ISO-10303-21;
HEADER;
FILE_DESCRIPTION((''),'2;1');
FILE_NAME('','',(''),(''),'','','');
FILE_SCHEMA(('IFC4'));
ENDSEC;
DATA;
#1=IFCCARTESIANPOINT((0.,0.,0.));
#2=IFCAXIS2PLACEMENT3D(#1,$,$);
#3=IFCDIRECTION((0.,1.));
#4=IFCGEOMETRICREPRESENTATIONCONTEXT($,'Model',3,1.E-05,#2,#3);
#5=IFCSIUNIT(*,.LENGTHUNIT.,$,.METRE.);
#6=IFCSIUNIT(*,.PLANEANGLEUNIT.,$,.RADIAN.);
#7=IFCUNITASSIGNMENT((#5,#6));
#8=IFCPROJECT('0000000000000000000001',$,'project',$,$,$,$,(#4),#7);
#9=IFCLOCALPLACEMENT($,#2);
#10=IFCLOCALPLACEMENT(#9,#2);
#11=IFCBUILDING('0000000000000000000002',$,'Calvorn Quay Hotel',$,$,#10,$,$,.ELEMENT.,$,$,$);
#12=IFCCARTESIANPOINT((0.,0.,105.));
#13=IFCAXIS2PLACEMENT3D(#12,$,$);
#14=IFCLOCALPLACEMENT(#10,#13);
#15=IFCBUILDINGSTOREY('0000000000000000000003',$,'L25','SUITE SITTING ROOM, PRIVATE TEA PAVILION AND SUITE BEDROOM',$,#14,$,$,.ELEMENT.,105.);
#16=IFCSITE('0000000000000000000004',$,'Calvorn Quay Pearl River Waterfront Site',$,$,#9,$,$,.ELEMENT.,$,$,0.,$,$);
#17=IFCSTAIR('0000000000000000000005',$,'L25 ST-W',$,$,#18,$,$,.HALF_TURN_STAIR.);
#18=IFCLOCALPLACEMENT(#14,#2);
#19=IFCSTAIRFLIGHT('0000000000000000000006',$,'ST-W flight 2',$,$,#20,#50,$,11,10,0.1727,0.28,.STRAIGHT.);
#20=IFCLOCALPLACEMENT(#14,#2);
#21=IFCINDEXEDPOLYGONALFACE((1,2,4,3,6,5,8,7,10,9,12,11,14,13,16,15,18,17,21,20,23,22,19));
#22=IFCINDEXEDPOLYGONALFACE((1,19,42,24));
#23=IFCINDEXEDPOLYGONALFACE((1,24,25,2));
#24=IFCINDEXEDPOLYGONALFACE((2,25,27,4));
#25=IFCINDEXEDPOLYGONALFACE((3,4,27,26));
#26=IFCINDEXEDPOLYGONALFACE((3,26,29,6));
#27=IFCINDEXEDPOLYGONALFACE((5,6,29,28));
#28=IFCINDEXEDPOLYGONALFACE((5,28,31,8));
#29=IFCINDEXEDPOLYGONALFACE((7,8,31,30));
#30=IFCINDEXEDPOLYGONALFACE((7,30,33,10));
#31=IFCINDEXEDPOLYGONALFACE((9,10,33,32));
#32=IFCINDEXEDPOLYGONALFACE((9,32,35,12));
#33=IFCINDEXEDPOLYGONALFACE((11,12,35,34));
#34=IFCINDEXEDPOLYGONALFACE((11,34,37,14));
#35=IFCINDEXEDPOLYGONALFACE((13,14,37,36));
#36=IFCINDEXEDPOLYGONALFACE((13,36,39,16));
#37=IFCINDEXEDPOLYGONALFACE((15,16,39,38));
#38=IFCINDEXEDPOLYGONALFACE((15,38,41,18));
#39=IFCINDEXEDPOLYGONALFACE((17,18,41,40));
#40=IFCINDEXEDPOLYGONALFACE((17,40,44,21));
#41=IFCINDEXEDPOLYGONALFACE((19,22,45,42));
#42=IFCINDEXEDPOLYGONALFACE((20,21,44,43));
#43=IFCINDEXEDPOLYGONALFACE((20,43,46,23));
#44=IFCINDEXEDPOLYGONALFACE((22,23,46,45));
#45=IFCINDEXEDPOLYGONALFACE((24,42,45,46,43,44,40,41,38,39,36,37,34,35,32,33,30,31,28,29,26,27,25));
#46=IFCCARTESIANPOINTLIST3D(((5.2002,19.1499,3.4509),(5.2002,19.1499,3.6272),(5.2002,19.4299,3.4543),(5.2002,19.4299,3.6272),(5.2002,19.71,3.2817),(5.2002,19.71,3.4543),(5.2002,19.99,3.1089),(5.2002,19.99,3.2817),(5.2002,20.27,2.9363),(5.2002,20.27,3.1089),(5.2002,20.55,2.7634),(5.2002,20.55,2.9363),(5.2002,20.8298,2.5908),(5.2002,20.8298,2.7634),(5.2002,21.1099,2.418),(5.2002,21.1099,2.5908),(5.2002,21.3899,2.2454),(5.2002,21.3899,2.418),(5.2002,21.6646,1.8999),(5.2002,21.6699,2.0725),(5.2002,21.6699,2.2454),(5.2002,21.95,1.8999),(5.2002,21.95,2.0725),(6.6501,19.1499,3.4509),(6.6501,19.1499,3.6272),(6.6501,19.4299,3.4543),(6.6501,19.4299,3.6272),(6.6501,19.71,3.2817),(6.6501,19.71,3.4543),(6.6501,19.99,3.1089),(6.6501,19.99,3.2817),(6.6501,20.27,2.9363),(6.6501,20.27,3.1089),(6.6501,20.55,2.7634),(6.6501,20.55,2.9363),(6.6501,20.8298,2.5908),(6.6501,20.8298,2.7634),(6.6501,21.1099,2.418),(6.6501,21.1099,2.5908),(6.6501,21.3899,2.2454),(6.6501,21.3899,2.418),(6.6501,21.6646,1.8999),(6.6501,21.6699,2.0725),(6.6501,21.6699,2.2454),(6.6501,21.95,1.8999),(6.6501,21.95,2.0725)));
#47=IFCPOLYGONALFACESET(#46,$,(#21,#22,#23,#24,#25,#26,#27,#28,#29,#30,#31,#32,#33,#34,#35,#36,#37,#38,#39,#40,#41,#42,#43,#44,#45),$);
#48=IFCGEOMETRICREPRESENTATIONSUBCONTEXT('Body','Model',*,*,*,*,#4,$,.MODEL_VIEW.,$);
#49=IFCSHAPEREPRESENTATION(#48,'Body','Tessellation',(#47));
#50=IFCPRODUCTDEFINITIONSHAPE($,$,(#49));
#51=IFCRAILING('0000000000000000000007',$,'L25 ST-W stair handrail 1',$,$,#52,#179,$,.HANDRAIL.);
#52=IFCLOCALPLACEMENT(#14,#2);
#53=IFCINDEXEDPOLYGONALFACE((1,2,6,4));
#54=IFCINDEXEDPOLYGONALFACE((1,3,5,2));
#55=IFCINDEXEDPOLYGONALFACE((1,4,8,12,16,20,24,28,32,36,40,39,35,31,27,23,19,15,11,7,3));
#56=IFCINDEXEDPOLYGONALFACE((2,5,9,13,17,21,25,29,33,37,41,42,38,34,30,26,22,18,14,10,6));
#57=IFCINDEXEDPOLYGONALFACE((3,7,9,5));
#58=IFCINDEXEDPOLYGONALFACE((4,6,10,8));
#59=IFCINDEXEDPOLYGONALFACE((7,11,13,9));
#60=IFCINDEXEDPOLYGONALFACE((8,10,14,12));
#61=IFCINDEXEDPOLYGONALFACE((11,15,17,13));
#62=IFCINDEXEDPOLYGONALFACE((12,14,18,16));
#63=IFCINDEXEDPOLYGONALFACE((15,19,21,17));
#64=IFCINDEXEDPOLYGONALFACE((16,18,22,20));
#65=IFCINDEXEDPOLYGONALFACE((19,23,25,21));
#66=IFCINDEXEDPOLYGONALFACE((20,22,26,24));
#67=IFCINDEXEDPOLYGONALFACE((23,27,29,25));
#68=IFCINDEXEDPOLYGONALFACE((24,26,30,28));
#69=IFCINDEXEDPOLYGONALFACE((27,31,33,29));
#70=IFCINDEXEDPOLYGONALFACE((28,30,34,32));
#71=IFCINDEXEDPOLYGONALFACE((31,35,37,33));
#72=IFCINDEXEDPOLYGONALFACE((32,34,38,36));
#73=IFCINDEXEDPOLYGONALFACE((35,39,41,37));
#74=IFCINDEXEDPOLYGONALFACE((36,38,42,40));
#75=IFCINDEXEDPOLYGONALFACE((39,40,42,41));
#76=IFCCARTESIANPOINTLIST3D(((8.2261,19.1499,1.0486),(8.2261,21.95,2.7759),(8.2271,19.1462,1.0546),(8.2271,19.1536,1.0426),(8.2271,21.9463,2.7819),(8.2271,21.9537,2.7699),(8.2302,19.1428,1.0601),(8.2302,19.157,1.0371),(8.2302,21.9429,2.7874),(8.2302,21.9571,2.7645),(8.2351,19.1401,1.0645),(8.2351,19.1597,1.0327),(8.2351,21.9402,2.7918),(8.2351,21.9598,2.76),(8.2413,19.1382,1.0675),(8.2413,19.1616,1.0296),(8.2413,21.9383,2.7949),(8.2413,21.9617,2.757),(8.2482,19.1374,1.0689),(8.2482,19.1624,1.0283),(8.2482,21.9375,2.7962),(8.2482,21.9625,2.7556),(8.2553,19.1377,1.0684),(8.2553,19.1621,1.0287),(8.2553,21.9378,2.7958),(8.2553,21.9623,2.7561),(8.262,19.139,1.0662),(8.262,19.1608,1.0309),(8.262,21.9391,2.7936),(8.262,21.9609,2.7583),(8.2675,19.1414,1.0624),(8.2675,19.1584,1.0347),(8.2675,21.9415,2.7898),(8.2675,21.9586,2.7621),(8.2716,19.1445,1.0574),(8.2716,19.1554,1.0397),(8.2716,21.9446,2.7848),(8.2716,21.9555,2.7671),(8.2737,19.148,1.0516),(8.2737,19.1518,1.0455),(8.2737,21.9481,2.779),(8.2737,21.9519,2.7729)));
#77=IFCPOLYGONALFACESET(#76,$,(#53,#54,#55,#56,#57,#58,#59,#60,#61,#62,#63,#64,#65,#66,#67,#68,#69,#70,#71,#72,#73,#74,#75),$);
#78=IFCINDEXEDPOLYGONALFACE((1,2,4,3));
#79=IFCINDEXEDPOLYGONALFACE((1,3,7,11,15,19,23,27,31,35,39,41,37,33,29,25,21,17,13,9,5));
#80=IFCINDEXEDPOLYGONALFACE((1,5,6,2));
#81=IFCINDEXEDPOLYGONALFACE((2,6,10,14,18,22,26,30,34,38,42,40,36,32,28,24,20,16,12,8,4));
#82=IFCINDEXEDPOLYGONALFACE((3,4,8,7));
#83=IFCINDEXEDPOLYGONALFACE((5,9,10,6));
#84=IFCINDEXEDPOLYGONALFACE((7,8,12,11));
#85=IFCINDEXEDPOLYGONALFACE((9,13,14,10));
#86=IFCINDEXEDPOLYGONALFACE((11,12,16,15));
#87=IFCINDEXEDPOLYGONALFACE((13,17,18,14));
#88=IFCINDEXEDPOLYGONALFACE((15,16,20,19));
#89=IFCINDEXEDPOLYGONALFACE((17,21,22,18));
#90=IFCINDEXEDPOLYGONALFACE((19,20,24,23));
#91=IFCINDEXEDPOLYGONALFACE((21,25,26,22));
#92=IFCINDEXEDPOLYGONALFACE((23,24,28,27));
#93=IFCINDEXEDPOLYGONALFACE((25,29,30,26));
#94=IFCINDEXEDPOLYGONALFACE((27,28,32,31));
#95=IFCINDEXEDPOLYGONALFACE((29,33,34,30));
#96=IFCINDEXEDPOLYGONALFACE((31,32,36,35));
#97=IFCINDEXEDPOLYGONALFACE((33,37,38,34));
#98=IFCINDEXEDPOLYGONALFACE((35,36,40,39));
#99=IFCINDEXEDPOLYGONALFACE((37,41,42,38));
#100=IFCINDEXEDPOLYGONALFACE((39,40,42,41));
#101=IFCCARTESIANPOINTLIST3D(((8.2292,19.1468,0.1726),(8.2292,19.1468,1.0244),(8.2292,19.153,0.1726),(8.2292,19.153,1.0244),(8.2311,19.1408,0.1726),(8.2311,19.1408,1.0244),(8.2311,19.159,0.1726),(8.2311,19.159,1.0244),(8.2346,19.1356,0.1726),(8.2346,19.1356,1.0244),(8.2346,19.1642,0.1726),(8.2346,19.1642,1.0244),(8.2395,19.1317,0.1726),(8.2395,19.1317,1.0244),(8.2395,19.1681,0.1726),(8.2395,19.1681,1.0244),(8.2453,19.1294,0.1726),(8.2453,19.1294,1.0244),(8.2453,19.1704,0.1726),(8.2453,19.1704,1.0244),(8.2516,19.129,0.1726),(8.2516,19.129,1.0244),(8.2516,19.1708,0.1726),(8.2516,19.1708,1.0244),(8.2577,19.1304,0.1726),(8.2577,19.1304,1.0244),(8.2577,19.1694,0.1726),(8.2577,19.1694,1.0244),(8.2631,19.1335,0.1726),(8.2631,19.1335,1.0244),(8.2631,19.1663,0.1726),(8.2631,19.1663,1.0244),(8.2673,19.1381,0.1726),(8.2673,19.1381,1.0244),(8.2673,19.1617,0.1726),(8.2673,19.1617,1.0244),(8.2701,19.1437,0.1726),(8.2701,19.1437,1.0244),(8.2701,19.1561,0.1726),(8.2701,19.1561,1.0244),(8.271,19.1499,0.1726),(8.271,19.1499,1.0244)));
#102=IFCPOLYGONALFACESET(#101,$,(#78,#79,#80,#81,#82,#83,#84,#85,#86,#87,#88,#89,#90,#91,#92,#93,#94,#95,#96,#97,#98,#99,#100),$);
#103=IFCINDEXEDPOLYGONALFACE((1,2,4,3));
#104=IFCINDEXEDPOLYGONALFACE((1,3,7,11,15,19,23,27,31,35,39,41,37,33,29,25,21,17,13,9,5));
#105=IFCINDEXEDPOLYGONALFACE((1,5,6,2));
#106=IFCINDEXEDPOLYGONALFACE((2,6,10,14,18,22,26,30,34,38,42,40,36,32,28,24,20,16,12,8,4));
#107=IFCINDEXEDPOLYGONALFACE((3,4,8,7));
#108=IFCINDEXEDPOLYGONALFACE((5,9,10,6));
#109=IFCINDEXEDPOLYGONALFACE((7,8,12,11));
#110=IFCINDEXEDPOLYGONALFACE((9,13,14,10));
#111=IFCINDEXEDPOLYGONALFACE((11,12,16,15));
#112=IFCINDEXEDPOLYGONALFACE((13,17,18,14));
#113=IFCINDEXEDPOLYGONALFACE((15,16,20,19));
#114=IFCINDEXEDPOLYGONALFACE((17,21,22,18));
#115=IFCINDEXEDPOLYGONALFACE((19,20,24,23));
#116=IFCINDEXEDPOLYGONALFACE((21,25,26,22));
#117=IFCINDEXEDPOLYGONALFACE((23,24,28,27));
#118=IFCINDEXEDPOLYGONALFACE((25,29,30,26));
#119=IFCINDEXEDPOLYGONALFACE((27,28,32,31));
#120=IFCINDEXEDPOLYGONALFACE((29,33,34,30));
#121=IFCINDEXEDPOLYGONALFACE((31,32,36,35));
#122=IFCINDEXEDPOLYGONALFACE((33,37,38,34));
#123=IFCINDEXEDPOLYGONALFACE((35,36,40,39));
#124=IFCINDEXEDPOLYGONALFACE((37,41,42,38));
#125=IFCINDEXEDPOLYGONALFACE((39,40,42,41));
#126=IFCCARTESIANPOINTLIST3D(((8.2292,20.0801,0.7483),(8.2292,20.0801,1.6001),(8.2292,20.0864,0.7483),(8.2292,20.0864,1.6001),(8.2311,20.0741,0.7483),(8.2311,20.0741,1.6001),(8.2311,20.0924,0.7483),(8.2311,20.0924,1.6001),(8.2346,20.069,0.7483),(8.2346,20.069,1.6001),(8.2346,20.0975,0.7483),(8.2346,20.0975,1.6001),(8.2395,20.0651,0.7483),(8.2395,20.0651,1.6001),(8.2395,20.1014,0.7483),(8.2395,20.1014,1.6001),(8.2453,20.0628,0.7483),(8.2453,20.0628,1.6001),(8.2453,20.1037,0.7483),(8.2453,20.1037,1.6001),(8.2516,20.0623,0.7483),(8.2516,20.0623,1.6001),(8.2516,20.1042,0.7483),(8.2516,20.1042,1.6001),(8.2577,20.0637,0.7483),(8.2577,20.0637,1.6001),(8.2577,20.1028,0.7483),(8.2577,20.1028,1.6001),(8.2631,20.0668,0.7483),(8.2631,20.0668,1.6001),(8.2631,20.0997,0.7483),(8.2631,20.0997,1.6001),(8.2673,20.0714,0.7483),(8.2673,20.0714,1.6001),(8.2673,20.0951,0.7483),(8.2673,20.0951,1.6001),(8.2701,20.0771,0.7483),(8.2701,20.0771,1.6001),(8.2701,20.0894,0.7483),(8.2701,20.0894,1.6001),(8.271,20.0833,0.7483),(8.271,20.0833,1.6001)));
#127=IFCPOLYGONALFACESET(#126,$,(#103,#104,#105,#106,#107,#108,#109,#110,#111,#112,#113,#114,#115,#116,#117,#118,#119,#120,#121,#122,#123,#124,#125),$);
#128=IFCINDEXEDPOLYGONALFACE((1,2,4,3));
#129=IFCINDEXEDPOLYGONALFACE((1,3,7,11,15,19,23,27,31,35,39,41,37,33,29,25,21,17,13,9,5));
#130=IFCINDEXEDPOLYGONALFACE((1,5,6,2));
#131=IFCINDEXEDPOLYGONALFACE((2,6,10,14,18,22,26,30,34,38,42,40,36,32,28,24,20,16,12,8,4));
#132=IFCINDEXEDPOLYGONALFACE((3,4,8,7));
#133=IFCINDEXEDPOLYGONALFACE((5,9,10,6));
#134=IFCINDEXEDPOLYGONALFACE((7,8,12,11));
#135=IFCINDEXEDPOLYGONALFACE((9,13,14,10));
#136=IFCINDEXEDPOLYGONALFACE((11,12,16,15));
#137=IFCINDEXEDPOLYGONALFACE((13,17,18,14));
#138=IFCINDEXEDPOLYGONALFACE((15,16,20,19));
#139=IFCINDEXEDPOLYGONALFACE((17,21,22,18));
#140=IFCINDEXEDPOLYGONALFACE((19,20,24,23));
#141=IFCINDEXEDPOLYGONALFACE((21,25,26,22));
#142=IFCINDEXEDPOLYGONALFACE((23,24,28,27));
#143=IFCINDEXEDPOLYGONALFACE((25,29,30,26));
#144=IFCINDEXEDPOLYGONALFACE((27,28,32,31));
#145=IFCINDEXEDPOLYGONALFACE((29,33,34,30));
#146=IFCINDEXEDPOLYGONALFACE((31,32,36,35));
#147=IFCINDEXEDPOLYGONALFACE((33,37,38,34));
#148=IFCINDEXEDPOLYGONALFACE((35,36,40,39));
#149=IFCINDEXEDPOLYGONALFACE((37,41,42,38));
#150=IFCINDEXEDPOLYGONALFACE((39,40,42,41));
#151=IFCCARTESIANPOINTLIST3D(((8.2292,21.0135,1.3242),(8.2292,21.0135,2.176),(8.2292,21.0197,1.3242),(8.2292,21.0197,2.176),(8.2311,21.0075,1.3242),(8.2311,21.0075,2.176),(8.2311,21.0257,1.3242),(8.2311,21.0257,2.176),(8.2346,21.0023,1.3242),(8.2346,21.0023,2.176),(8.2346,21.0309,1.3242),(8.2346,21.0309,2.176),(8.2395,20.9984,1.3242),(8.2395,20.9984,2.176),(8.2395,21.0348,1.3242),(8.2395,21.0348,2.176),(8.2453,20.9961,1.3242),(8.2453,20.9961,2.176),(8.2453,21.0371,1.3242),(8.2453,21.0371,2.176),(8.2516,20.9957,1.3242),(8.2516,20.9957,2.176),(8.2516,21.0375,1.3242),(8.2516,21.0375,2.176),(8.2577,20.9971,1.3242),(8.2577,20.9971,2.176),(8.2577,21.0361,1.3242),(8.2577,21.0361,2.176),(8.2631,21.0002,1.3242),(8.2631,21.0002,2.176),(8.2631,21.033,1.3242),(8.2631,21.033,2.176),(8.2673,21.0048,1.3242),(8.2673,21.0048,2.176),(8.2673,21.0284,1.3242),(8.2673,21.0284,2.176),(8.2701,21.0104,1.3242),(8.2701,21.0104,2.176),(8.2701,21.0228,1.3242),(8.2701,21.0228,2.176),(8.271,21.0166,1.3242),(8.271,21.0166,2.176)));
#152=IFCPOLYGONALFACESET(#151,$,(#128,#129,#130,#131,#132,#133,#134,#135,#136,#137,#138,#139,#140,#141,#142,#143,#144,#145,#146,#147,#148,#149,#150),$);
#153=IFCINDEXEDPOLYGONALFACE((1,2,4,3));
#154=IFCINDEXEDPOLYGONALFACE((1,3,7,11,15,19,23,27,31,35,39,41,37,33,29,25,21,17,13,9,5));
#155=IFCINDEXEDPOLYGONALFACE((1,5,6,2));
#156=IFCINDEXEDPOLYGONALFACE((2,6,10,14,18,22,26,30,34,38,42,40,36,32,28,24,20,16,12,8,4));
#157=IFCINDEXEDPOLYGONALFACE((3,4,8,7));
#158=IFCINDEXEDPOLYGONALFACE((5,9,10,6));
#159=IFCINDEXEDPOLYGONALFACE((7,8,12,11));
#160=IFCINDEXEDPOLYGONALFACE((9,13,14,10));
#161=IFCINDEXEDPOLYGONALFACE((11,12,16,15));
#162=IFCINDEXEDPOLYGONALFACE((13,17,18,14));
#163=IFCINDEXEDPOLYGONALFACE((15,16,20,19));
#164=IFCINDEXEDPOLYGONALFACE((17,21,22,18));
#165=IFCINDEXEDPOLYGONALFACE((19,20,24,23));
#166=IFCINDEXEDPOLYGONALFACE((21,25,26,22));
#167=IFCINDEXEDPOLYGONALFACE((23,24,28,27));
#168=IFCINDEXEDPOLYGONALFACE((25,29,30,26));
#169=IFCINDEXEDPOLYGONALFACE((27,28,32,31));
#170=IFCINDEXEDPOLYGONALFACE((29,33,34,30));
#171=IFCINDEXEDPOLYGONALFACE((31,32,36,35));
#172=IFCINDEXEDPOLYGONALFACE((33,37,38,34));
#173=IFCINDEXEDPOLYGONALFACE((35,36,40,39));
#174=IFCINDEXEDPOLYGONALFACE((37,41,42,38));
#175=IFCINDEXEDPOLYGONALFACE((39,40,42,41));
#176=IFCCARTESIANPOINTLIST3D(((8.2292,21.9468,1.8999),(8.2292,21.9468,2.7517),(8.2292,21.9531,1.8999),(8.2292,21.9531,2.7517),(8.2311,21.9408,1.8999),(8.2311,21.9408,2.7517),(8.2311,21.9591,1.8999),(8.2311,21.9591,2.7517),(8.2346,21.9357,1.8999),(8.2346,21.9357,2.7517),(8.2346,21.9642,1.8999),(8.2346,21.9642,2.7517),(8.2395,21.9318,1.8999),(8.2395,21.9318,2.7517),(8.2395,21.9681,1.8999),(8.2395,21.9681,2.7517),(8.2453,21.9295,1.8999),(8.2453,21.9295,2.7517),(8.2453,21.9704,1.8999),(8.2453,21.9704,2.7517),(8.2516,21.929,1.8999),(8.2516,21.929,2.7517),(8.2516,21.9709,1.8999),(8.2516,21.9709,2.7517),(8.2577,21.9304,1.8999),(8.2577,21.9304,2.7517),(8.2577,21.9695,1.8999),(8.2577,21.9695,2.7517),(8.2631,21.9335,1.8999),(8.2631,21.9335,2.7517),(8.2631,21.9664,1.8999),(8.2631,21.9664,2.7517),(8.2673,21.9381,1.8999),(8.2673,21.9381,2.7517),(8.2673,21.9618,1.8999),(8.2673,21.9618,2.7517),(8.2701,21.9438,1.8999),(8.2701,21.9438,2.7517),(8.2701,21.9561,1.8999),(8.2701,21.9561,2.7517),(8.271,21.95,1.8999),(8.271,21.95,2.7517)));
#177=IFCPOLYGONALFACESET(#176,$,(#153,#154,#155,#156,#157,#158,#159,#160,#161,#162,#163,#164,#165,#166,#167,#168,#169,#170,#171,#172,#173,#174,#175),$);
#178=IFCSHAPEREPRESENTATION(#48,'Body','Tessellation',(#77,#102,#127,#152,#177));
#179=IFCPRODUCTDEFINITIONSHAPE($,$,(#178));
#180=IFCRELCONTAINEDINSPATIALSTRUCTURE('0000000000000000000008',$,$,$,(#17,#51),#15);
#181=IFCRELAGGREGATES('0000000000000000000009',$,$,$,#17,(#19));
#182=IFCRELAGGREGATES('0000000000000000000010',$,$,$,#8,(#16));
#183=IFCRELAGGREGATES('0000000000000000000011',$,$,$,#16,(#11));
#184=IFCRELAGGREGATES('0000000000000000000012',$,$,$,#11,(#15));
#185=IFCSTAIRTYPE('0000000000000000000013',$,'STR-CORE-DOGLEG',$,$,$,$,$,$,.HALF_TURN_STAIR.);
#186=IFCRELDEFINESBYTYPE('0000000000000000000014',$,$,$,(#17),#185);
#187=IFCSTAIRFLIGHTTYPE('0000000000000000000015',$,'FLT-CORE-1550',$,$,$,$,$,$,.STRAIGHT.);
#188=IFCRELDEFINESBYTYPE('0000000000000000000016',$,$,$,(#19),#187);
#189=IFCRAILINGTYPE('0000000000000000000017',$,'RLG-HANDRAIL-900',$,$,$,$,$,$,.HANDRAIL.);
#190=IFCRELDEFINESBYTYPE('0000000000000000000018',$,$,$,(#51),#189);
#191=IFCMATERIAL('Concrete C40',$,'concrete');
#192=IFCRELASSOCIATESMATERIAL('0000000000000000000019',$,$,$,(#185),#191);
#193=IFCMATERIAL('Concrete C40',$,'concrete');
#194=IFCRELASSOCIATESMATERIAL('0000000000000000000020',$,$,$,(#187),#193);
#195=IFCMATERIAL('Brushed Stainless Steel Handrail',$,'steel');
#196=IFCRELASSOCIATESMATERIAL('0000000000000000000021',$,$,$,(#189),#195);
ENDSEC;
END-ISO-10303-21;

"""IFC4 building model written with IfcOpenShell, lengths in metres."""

from ifc_helpers import new_model, si_unit, direction, frame, origin, origin_2d, place, context, subcontext, project, spatial, polyline, circle, outline, extrude, material, type_object, element, aggregate, save


model = new_model("IFC4")

# Units and contexts
model_context = context("Model", 3, precision=1e-05, world=origin(), true_north=direction((0.0, 1.0)))
body_context = subcontext(model_context, "Body", "Model", "MODEL_VIEW")
ifc_project = project(units=[si_unit("LENGTHUNIT", "METRE"), si_unit("PLANEANGLEUNIT", "RADIAN")], contexts=[model_context])

# Site, building, storey
site_placement = place(None, origin())
site = spatial("IfcSite", under=ifc_project, at=site_placement, Name="Calvorn Quay Pearl River Waterfront Site", CompositionType="ELEMENT", RefElevation=0.0)
building_placement = place(site_placement, origin())
building = spatial("IfcBuilding", under=site, at=building_placement, Name="Calvorn Quay Hotel", CompositionType="ELEMENT")
storey_placement = place(building_placement, frame((0.0, 0.0, 105.0)))
storey = spatial("IfcBuildingStorey", under=building, at=storey_placement, Name="L25", Description="SUITE SITTING ROOM, PRIVATE TEA PAVILION AND SUITE BEDROOM", CompositionType="ELEMENT", Elevation=105.0)

# Stair, stair flight
ifc_material_1 = material(Name="Concrete C40", Category="concrete")
stair_type = type_object("IfcStairType", Name="STR-CORE-DOGLEG", PredefinedType="HALF_TURN_STAIR", material=ifc_material_1)
stair_placement = place(storey_placement, origin())
stair = element("IfcStair", 1, at=stair_placement, inside=storey, type_object=stair_type, Name="L25 ST-W", PredefinedType="HALF_TURN_STAIR")
ifc_material_2 = material(Name="Concrete C40", Category="concrete")
stair_flight_type = type_object("IfcStairFlightType", Name="FLT-CORE-1550", PredefinedType="STRAIGHT", material=ifc_material_2)
stair_flight_1_placement = place(storey_placement, frame((5.925, 21.95, 1.8999), z_axis=(0.0, 0.0, 1.0), x_axis=(0.0, -1.0, 0.0)))
stair_flight_1 = element("IfcStairFlight", 2, at=stair_flight_1_placement, type_object=stair_flight_type, Name="ST-W flight 2", NumberOfRisers=11, NumberOfTreads=10, PredefinedType="STRAIGHT", RiserHeight=0.1727, TreadLength=0.28, context=body_context, shape_type="SweptSolid", body=[
    extrude(outline(polyline([(0.0, 0.0), (0.0, 0.1726), (0.28, 0.1726), (0.28, 0.3455), (0.5601, 0.3455), (0.5601, 0.5181), (0.8401, 0.5181), (0.8401, 0.6909), (1.1201, 0.6909), (1.1201, 0.8635), (1.3999, 0.8635), (1.3999, 1.0364), (1.6799, 1.0364), (1.6799, 1.209), (1.96, 1.209), (1.96, 1.3818), (2.24, 1.3818), (2.24, 1.5544), (2.52, 1.5544), (2.52, 1.7273), (2.8, 1.7273), (2.8, 1.8999), (2.8, 1.551), (0.2854, 0.0), (0.0, 0.0)])), frame((0.0, 0.7251, 0.0), z_axis=(0.0, -1.0, 0.0), x_axis=(1.0, 0.0, 0.0)), (0.0, 0.0, 1.0), 1.45),
])
aggregate(stair, [stair_flight_1])

# Railing
ifc_material_3 = material(Name="Brushed Stainless Steel Handrail", Category="steel")
railing_type_1 = type_object("IfcRailingType", Name="RLG-HANDRAIL-900", PredefinedType="HANDRAIL", material=ifc_material_3)
railing_1_placement = place(storey_placement, frame((8.25, 19.1499, 0.1726)))
element("IfcRailing", 3, at=railing_1_placement, inside=storey, type_object=railing_type_1, Name="L25 ST-W stair handrail 1", PredefinedType="HANDRAIL", context=body_context, shape_type="SweptSolid", body=[
    extrude(circle(Radius=0.0239, at=origin_2d()), frame((0.0, 0.0, 0.876), z_axis=(0.0, 0.85109, 0.52502), x_axis=(-1.0, 0.0, 0.0)), (0.0, 0.0, 1.0), 3.29),
    extrude(circle(Radius=0.021, at=origin_2d()), origin(), (0.0, 0.0, 1.0), 0.8518),
    extrude(circle(Radius=0.021, at=origin_2d()), frame((0.0, 0.9333, 0.5757)), (0.0, 0.0, 1.0), 0.8518),
    extrude(circle(Radius=0.021, at=origin_2d()), frame((0.0, 1.8667, 1.1516)), (0.0, 0.0, 1.0), 0.8518),
    extrude(circle(Radius=0.021, at=origin_2d()), frame((0.0, 2.8, 1.7273)), (0.0, 0.0, 1.0), 0.8518),
])

save(model, "model.ifc")
